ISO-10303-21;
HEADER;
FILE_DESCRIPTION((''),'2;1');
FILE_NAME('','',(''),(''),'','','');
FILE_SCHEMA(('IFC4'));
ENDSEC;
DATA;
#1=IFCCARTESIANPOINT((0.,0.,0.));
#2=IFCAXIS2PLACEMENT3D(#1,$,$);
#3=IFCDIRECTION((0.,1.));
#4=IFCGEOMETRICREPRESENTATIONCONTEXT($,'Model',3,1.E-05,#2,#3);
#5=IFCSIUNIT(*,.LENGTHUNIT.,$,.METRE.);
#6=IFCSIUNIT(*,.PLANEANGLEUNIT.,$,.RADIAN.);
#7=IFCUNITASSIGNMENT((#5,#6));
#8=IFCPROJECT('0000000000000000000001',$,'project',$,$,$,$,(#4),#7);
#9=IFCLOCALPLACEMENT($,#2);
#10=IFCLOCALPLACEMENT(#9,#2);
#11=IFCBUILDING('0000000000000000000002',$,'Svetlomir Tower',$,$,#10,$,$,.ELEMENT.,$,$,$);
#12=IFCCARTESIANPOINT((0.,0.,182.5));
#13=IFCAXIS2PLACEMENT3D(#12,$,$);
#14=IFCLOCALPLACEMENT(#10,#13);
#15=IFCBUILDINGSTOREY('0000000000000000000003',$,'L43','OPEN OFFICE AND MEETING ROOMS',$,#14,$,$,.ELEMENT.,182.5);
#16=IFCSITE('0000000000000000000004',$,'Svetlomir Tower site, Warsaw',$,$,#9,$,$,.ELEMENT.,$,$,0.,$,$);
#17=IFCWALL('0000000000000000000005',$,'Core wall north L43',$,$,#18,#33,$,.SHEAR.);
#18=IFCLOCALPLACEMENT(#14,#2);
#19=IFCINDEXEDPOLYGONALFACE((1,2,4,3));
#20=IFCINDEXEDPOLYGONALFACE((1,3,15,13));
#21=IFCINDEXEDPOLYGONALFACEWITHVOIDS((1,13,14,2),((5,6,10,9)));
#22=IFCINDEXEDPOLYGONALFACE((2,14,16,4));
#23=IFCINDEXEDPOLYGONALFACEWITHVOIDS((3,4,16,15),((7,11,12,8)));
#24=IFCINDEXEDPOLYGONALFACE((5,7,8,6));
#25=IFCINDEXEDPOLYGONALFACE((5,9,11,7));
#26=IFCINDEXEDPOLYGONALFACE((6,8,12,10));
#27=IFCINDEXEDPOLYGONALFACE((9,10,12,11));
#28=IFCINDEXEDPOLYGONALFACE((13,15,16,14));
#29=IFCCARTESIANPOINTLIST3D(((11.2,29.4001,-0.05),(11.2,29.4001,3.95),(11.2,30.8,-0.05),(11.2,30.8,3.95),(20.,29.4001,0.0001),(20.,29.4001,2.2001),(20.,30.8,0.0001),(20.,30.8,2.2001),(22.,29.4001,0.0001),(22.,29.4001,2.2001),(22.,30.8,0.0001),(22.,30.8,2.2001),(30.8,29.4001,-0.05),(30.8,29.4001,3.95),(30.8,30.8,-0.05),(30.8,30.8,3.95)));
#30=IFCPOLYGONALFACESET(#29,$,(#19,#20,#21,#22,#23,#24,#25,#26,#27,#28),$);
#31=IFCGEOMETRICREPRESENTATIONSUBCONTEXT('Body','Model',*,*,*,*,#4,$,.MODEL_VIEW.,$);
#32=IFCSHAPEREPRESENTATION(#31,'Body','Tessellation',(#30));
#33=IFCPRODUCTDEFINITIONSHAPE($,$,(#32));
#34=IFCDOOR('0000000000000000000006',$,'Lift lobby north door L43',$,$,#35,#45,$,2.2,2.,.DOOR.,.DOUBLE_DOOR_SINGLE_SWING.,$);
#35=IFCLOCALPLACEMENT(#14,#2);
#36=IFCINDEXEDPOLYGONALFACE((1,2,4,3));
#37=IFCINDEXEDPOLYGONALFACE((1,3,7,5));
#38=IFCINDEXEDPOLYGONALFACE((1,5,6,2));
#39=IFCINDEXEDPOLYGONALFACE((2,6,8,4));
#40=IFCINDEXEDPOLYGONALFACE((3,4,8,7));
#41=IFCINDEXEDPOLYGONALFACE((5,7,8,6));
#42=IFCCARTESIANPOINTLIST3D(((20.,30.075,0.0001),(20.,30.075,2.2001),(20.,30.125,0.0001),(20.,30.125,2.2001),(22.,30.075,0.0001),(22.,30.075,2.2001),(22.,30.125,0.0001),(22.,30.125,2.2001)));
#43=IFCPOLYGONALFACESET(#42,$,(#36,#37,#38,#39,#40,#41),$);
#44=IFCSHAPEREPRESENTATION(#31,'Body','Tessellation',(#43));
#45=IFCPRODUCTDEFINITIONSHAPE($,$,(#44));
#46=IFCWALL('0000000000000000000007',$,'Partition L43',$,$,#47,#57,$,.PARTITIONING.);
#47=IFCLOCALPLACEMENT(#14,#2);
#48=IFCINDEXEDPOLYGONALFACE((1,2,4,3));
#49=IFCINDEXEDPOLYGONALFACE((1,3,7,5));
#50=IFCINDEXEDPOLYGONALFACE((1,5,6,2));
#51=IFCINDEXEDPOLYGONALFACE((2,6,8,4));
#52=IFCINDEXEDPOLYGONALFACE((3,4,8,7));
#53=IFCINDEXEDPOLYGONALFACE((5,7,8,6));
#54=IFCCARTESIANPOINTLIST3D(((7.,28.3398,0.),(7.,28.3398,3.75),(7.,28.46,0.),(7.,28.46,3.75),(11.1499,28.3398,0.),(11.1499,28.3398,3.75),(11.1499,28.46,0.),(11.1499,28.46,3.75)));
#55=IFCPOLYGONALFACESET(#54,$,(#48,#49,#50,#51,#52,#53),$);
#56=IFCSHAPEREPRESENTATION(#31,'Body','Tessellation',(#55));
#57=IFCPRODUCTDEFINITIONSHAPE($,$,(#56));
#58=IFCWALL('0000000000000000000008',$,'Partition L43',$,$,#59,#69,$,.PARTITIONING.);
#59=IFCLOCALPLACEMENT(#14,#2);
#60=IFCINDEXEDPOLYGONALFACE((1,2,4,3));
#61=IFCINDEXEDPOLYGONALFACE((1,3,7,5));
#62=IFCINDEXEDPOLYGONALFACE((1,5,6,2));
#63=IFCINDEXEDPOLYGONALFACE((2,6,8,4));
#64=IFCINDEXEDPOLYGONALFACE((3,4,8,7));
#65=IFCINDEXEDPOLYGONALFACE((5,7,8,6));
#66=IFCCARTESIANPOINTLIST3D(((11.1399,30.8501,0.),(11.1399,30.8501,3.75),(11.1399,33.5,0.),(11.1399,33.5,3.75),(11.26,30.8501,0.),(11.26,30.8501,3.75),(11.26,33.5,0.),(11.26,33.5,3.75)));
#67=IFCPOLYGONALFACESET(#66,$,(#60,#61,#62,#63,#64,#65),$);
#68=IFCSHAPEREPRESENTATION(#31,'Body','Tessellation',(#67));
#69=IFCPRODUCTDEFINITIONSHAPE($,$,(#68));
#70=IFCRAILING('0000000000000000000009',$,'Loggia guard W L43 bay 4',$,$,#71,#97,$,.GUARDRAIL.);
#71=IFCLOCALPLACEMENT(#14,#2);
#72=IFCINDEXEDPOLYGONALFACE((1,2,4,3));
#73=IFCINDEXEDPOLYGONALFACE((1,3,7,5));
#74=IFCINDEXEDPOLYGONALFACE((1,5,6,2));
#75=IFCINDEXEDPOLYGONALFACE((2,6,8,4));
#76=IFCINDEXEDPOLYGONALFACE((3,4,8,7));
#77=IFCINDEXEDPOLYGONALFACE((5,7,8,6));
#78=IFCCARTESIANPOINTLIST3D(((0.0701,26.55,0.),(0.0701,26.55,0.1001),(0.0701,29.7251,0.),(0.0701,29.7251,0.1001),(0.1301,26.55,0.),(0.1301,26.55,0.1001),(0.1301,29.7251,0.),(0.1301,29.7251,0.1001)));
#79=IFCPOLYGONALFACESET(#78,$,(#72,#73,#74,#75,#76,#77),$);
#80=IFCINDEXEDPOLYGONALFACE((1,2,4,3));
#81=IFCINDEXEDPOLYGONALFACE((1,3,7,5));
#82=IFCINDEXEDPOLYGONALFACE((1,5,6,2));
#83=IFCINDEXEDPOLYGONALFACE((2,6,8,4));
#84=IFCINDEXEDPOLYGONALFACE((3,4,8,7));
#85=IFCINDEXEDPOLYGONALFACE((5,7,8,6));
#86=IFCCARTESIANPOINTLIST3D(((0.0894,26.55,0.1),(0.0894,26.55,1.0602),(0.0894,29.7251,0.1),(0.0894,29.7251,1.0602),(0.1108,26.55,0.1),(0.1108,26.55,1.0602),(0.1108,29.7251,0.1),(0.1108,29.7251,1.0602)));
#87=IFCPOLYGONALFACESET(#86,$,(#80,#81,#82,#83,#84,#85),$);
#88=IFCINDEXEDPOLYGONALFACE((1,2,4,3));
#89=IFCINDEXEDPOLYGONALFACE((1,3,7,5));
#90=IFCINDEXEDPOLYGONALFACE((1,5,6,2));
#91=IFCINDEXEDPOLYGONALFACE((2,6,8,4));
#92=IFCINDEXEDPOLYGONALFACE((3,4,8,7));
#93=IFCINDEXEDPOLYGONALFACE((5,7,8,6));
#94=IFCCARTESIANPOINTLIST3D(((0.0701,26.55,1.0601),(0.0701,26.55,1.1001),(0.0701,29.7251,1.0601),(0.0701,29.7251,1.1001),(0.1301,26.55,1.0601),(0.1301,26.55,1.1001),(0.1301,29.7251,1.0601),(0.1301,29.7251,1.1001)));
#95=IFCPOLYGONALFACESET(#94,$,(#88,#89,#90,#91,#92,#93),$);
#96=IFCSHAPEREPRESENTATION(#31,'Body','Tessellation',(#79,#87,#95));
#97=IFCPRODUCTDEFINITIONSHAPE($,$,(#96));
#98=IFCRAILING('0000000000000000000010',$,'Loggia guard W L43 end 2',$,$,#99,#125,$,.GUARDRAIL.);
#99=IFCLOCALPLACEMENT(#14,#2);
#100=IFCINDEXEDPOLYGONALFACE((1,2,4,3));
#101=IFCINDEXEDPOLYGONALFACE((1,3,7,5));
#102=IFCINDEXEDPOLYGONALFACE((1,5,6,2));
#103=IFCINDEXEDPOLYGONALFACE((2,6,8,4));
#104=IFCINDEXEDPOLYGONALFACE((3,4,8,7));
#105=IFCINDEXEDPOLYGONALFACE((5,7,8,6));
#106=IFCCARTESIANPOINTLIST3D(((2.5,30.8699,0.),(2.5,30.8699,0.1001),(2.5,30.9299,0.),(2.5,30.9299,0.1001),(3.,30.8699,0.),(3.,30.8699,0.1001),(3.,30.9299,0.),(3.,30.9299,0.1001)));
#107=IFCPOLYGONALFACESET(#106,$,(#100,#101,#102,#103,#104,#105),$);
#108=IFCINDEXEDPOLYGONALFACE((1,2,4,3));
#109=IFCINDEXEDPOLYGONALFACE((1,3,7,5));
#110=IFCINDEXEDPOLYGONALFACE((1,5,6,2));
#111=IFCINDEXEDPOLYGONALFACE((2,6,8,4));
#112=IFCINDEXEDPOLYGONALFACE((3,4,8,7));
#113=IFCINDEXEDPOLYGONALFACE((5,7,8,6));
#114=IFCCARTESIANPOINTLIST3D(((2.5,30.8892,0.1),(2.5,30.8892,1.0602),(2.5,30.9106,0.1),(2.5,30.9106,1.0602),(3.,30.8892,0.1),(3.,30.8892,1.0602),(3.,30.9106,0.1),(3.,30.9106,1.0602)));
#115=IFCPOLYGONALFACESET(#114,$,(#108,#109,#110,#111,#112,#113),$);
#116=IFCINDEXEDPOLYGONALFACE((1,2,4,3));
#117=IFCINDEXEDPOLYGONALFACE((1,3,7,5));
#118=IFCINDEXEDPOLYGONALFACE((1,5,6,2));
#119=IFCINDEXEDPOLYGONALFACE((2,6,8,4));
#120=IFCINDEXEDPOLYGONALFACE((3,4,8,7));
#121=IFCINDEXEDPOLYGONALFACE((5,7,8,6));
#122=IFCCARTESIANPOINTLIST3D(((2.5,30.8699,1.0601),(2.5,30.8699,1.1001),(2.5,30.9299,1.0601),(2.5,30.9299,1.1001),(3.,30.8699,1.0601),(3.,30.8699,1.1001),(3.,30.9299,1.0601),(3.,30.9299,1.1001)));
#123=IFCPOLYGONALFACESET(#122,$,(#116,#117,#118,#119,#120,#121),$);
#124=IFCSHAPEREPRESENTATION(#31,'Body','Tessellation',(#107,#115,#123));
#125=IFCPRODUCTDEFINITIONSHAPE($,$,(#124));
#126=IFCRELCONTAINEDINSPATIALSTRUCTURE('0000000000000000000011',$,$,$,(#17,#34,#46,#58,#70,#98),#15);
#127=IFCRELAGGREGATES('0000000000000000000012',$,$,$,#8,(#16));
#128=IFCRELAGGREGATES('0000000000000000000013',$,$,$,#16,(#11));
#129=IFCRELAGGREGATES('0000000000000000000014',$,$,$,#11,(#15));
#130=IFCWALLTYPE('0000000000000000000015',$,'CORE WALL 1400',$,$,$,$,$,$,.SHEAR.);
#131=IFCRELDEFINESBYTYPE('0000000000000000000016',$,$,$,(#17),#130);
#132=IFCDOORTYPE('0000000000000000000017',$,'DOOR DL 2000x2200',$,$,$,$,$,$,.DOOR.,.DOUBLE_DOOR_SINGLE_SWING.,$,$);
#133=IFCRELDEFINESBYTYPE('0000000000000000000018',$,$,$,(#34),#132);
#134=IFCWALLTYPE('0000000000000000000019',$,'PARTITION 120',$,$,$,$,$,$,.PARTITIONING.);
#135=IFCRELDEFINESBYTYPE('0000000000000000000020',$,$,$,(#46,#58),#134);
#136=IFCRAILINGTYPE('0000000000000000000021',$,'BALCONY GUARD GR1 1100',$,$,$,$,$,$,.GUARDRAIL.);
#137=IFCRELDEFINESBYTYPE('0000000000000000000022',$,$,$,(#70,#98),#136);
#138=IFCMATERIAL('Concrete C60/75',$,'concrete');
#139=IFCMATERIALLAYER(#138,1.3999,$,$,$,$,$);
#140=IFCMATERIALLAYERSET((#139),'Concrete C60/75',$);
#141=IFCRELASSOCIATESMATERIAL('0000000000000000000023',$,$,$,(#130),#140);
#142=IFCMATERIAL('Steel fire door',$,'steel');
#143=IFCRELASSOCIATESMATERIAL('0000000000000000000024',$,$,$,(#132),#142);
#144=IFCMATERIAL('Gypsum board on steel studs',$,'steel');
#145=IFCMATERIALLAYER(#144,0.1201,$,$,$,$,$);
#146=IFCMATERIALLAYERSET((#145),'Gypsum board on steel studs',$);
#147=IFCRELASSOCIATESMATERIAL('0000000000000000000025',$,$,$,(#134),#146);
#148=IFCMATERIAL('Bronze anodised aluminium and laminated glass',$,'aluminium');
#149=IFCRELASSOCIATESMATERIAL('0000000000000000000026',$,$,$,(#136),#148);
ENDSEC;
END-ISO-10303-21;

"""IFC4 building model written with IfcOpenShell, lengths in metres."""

from ifc_helpers import new_model, si_unit, direction, frame, frame_2d, origin, origin_2d, place, context, subcontext, project, spatial, rectangle, extrude, material, layer, layer_set, type_object, element, fill, save


model = new_model("IFC4")

# Units and contexts
model_context = context("Model", 3, precision=1e-05, world=origin(), true_north=direction((0.0, 1.0)))
body_context = subcontext(model_context, "Body", "Model", "MODEL_VIEW")
ifc_project = project(units=[si_unit("LENGTHUNIT", "METRE"), si_unit("PLANEANGLEUNIT", "RADIAN")], contexts=[model_context])

# Site, building, storey
site_placement = place(None, origin())
site = spatial("IfcSite", under=ifc_project, at=site_placement, Name="Svetlomir Tower site, Warsaw", CompositionType="ELEMENT", RefElevation=0.0)
building_placement = place(site_placement, origin())
building = spatial("IfcBuilding", under=site, at=building_placement, Name="Svetlomir Tower", CompositionType="ELEMENT")
storey_placement = place(building_placement, frame((0.0, 0.0, 182.5)))
storey = spatial("IfcBuildingStorey", under=building, at=storey_placement, Name="L43", Description="OPEN OFFICE AND MEETING ROOMS", CompositionType="ELEMENT", Elevation=182.5)

# Wall, opening, door
ifc_material_1 = material(Name="Concrete C60/75", Category="concrete")
ifc_layer_1 = layer(ifc_material_1, 1.3999)
ifc_layer_set_1 = layer_set([ifc_layer_1], Name="Concrete C60/75")
wall_type_1 = type_object("IfcWallType", Name="CORE WALL 1400", PredefinedType="SHEAR", material=ifc_layer_set_1)
wall_1_placement = place(storey_placement, frame((11.2, 30.1001, -0.05), z_axis=(0.0, 0.0, 1.0), x_axis=(1.0, 0.0, 0.0)))
wall_1 = element("IfcWall", 1, at=wall_1_placement, inside=storey, type_object=wall_type_1, Name="Core wall north L43", PredefinedType="SHEAR", context=body_context, shape_type="SweptSolid", body=[
    extrude(rectangle(XDim=19.6001, YDim=1.3999, at=frame_2d((9.8, 0.0))), origin(), (0.0, 0.0, 1.0), 4.0),
])
opening_placement = place(wall_1_placement, frame((8.8, 0.0, 0.05)))
opening = element("IfcOpeningElement", 2, at=opening_placement, cuts=wall_1, PredefinedType="OPENING", context=body_context, shape_type="SweptSolid", body=[
    extrude(rectangle(XDim=2.0, YDim=2.2, at=frame_2d((1.0, 1.1001))), frame((0.0, 0.71, 0.0), z_axis=(0.0, -1.0, 0.0), x_axis=(1.0, 0.0, 0.0)), (0.0, 0.0, 1.0), 1.4199),
])
ifc_material_2 = material(Name="Steel fire door", Category="steel")
door_type = type_object("IfcDoorType", Name="DOOR DL 2000x2200", OperationType="DOUBLE_DOOR_SINGLE_SWING", PredefinedType="DOOR", material=ifc_material_2)
door_placement = place(opening_placement, origin())
door = element("IfcDoor", 3, at=door_placement, inside=storey, type_object=door_type, Name="Lift lobby north door L43", OperationType="DOUBLE_DOOR_SINGLE_SWING", OverallHeight=2.2, OverallWidth=2.0, PredefinedType="DOOR", context=body_context, shape_type="SweptSolid", body=[
    extrude(rectangle(XDim=2.0, YDim=2.2, at=frame_2d((1.0, 1.1001))), frame((0.0, 0.0249, 0.0), z_axis=(0.0, -1.0, 0.0), x_axis=(1.0, 0.0, 0.0)), (0.0, 0.0, 1.0), 0.05),
])
fill(opening, door)

# Walls
ifc_material_3 = material(Name="Gypsum board on steel studs", Category="steel")
ifc_layer_2 = layer(ifc_material_3, 0.1201)
ifc_layer_set_2 = layer_set([ifc_layer_2], Name="Gypsum board on steel studs")
wall_type_2 = type_object("IfcWallType", Name="PARTITION 120", PredefinedType="PARTITIONING", material=ifc_layer_set_2)
wall_2_placement = place(storey_placement, frame((7.0, 28.3999, 0.0), z_axis=(0.0, 0.0, 1.0), x_axis=(1.0, 0.0, 0.0)))
element("IfcWall", 4, at=wall_2_placement, inside=storey, type_object=wall_type_2, Name="Partition L43", PredefinedType="PARTITIONING", context=body_context, shape_type="SweptSolid", body=[
    extrude(rectangle(XDim=4.1499, YDim=0.1201, at=frame_2d((2.075, 0.0))), origin(), (0.0, 0.0, 1.0), 3.75),
])
wall_3_placement = place(storey_placement, frame((11.2, 30.8501, 0.0), z_axis=(0.0, 0.0, 1.0), x_axis=(0.0, 1.0, 0.0)))
element("IfcWall", 5, at=wall_3_placement, inside=storey, type_object=wall_type_2, Name="Partition L43", PredefinedType="PARTITIONING", context=body_context, shape_type="SweptSolid", body=[
    extrude(rectangle(XDim=2.6499, YDim=0.1201, at=frame_2d((1.325, 0.0))), origin(), (0.0, 0.0, 1.0), 3.75),
])

# Railings
ifc_material_4 = material(Name="Bronze anodised aluminium and laminated glass", Category="aluminium")
railing_type = type_object("IfcRailingType", Name="BALCONY GUARD GR1 1100", PredefinedType="GUARDRAIL", material=ifc_material_4)
railing_1_placement = place(storey_placement, frame((0.1001, 26.55, 0.0)))
element("IfcRailing", 6, at=railing_1_placement, inside=storey, type_object=railing_type, Name="Loggia guard W L43 bay 4", PredefinedType="GUARDRAIL", context=body_context, shape_type="SweptSolid", body=[
    extrude(rectangle(XDim=0.0601, YDim=0.1001, at=origin_2d()), frame((0.0, 0.0, 0.05), z_axis=(0.0, 1.0, 0.0), x_axis=(-1.0, 0.0, 0.0)), (0.0, 0.0, 1.0), 3.175),
    extrude(rectangle(XDim=0.0215, YDim=0.9602, at=origin_2d()), frame((0.0, 0.0, 0.5801), z_axis=(0.0, 1.0, 0.0), x_axis=(-1.0, 0.0, 0.0)), (0.0, 0.0, 1.0), 3.175),
    extrude(rectangle(XDim=0.0601, YDim=0.04, at=origin_2d()), frame((0.0, 0.0, 1.0801), z_axis=(0.0, 1.0, 0.0), x_axis=(-1.0, 0.0, 0.0)), (0.0, 0.0, 1.0), 3.175),
])
railing_2_placement = place(storey_placement, frame((2.5, 30.8999, 0.0)))
element("IfcRailing", 7, at=railing_2_placement, inside=storey, type_object=railing_type, Name="Loggia guard W L43 end 2", PredefinedType="GUARDRAIL", context=body_context, shape_type="SweptSolid", body=[
    extrude(rectangle(XDim=0.0601, YDim=0.1001, at=origin_2d()), frame((0.0, 0.0, 0.05), z_axis=(1.0, 0.0, 0.0), x_axis=(0.0, 1.0, 0.0)), (0.0, 0.0, 1.0), 0.5),
    extrude(rectangle(XDim=0.0215, YDim=0.9602, at=origin_2d()), frame((0.0, 0.0, 0.5801), z_axis=(1.0, 0.0, 0.0), x_axis=(0.0, 1.0, 0.0)), (0.0, 0.0, 1.0), 0.5),
    extrude(rectangle(XDim=0.0601, YDim=0.04, at=origin_2d()), frame((0.0, 0.0, 1.0801), z_axis=(1.0, 0.0, 0.0), x_axis=(0.0, 1.0, 0.0)), (0.0, 0.0, 1.0), 0.5),
])

save(model, "model.ifc")
